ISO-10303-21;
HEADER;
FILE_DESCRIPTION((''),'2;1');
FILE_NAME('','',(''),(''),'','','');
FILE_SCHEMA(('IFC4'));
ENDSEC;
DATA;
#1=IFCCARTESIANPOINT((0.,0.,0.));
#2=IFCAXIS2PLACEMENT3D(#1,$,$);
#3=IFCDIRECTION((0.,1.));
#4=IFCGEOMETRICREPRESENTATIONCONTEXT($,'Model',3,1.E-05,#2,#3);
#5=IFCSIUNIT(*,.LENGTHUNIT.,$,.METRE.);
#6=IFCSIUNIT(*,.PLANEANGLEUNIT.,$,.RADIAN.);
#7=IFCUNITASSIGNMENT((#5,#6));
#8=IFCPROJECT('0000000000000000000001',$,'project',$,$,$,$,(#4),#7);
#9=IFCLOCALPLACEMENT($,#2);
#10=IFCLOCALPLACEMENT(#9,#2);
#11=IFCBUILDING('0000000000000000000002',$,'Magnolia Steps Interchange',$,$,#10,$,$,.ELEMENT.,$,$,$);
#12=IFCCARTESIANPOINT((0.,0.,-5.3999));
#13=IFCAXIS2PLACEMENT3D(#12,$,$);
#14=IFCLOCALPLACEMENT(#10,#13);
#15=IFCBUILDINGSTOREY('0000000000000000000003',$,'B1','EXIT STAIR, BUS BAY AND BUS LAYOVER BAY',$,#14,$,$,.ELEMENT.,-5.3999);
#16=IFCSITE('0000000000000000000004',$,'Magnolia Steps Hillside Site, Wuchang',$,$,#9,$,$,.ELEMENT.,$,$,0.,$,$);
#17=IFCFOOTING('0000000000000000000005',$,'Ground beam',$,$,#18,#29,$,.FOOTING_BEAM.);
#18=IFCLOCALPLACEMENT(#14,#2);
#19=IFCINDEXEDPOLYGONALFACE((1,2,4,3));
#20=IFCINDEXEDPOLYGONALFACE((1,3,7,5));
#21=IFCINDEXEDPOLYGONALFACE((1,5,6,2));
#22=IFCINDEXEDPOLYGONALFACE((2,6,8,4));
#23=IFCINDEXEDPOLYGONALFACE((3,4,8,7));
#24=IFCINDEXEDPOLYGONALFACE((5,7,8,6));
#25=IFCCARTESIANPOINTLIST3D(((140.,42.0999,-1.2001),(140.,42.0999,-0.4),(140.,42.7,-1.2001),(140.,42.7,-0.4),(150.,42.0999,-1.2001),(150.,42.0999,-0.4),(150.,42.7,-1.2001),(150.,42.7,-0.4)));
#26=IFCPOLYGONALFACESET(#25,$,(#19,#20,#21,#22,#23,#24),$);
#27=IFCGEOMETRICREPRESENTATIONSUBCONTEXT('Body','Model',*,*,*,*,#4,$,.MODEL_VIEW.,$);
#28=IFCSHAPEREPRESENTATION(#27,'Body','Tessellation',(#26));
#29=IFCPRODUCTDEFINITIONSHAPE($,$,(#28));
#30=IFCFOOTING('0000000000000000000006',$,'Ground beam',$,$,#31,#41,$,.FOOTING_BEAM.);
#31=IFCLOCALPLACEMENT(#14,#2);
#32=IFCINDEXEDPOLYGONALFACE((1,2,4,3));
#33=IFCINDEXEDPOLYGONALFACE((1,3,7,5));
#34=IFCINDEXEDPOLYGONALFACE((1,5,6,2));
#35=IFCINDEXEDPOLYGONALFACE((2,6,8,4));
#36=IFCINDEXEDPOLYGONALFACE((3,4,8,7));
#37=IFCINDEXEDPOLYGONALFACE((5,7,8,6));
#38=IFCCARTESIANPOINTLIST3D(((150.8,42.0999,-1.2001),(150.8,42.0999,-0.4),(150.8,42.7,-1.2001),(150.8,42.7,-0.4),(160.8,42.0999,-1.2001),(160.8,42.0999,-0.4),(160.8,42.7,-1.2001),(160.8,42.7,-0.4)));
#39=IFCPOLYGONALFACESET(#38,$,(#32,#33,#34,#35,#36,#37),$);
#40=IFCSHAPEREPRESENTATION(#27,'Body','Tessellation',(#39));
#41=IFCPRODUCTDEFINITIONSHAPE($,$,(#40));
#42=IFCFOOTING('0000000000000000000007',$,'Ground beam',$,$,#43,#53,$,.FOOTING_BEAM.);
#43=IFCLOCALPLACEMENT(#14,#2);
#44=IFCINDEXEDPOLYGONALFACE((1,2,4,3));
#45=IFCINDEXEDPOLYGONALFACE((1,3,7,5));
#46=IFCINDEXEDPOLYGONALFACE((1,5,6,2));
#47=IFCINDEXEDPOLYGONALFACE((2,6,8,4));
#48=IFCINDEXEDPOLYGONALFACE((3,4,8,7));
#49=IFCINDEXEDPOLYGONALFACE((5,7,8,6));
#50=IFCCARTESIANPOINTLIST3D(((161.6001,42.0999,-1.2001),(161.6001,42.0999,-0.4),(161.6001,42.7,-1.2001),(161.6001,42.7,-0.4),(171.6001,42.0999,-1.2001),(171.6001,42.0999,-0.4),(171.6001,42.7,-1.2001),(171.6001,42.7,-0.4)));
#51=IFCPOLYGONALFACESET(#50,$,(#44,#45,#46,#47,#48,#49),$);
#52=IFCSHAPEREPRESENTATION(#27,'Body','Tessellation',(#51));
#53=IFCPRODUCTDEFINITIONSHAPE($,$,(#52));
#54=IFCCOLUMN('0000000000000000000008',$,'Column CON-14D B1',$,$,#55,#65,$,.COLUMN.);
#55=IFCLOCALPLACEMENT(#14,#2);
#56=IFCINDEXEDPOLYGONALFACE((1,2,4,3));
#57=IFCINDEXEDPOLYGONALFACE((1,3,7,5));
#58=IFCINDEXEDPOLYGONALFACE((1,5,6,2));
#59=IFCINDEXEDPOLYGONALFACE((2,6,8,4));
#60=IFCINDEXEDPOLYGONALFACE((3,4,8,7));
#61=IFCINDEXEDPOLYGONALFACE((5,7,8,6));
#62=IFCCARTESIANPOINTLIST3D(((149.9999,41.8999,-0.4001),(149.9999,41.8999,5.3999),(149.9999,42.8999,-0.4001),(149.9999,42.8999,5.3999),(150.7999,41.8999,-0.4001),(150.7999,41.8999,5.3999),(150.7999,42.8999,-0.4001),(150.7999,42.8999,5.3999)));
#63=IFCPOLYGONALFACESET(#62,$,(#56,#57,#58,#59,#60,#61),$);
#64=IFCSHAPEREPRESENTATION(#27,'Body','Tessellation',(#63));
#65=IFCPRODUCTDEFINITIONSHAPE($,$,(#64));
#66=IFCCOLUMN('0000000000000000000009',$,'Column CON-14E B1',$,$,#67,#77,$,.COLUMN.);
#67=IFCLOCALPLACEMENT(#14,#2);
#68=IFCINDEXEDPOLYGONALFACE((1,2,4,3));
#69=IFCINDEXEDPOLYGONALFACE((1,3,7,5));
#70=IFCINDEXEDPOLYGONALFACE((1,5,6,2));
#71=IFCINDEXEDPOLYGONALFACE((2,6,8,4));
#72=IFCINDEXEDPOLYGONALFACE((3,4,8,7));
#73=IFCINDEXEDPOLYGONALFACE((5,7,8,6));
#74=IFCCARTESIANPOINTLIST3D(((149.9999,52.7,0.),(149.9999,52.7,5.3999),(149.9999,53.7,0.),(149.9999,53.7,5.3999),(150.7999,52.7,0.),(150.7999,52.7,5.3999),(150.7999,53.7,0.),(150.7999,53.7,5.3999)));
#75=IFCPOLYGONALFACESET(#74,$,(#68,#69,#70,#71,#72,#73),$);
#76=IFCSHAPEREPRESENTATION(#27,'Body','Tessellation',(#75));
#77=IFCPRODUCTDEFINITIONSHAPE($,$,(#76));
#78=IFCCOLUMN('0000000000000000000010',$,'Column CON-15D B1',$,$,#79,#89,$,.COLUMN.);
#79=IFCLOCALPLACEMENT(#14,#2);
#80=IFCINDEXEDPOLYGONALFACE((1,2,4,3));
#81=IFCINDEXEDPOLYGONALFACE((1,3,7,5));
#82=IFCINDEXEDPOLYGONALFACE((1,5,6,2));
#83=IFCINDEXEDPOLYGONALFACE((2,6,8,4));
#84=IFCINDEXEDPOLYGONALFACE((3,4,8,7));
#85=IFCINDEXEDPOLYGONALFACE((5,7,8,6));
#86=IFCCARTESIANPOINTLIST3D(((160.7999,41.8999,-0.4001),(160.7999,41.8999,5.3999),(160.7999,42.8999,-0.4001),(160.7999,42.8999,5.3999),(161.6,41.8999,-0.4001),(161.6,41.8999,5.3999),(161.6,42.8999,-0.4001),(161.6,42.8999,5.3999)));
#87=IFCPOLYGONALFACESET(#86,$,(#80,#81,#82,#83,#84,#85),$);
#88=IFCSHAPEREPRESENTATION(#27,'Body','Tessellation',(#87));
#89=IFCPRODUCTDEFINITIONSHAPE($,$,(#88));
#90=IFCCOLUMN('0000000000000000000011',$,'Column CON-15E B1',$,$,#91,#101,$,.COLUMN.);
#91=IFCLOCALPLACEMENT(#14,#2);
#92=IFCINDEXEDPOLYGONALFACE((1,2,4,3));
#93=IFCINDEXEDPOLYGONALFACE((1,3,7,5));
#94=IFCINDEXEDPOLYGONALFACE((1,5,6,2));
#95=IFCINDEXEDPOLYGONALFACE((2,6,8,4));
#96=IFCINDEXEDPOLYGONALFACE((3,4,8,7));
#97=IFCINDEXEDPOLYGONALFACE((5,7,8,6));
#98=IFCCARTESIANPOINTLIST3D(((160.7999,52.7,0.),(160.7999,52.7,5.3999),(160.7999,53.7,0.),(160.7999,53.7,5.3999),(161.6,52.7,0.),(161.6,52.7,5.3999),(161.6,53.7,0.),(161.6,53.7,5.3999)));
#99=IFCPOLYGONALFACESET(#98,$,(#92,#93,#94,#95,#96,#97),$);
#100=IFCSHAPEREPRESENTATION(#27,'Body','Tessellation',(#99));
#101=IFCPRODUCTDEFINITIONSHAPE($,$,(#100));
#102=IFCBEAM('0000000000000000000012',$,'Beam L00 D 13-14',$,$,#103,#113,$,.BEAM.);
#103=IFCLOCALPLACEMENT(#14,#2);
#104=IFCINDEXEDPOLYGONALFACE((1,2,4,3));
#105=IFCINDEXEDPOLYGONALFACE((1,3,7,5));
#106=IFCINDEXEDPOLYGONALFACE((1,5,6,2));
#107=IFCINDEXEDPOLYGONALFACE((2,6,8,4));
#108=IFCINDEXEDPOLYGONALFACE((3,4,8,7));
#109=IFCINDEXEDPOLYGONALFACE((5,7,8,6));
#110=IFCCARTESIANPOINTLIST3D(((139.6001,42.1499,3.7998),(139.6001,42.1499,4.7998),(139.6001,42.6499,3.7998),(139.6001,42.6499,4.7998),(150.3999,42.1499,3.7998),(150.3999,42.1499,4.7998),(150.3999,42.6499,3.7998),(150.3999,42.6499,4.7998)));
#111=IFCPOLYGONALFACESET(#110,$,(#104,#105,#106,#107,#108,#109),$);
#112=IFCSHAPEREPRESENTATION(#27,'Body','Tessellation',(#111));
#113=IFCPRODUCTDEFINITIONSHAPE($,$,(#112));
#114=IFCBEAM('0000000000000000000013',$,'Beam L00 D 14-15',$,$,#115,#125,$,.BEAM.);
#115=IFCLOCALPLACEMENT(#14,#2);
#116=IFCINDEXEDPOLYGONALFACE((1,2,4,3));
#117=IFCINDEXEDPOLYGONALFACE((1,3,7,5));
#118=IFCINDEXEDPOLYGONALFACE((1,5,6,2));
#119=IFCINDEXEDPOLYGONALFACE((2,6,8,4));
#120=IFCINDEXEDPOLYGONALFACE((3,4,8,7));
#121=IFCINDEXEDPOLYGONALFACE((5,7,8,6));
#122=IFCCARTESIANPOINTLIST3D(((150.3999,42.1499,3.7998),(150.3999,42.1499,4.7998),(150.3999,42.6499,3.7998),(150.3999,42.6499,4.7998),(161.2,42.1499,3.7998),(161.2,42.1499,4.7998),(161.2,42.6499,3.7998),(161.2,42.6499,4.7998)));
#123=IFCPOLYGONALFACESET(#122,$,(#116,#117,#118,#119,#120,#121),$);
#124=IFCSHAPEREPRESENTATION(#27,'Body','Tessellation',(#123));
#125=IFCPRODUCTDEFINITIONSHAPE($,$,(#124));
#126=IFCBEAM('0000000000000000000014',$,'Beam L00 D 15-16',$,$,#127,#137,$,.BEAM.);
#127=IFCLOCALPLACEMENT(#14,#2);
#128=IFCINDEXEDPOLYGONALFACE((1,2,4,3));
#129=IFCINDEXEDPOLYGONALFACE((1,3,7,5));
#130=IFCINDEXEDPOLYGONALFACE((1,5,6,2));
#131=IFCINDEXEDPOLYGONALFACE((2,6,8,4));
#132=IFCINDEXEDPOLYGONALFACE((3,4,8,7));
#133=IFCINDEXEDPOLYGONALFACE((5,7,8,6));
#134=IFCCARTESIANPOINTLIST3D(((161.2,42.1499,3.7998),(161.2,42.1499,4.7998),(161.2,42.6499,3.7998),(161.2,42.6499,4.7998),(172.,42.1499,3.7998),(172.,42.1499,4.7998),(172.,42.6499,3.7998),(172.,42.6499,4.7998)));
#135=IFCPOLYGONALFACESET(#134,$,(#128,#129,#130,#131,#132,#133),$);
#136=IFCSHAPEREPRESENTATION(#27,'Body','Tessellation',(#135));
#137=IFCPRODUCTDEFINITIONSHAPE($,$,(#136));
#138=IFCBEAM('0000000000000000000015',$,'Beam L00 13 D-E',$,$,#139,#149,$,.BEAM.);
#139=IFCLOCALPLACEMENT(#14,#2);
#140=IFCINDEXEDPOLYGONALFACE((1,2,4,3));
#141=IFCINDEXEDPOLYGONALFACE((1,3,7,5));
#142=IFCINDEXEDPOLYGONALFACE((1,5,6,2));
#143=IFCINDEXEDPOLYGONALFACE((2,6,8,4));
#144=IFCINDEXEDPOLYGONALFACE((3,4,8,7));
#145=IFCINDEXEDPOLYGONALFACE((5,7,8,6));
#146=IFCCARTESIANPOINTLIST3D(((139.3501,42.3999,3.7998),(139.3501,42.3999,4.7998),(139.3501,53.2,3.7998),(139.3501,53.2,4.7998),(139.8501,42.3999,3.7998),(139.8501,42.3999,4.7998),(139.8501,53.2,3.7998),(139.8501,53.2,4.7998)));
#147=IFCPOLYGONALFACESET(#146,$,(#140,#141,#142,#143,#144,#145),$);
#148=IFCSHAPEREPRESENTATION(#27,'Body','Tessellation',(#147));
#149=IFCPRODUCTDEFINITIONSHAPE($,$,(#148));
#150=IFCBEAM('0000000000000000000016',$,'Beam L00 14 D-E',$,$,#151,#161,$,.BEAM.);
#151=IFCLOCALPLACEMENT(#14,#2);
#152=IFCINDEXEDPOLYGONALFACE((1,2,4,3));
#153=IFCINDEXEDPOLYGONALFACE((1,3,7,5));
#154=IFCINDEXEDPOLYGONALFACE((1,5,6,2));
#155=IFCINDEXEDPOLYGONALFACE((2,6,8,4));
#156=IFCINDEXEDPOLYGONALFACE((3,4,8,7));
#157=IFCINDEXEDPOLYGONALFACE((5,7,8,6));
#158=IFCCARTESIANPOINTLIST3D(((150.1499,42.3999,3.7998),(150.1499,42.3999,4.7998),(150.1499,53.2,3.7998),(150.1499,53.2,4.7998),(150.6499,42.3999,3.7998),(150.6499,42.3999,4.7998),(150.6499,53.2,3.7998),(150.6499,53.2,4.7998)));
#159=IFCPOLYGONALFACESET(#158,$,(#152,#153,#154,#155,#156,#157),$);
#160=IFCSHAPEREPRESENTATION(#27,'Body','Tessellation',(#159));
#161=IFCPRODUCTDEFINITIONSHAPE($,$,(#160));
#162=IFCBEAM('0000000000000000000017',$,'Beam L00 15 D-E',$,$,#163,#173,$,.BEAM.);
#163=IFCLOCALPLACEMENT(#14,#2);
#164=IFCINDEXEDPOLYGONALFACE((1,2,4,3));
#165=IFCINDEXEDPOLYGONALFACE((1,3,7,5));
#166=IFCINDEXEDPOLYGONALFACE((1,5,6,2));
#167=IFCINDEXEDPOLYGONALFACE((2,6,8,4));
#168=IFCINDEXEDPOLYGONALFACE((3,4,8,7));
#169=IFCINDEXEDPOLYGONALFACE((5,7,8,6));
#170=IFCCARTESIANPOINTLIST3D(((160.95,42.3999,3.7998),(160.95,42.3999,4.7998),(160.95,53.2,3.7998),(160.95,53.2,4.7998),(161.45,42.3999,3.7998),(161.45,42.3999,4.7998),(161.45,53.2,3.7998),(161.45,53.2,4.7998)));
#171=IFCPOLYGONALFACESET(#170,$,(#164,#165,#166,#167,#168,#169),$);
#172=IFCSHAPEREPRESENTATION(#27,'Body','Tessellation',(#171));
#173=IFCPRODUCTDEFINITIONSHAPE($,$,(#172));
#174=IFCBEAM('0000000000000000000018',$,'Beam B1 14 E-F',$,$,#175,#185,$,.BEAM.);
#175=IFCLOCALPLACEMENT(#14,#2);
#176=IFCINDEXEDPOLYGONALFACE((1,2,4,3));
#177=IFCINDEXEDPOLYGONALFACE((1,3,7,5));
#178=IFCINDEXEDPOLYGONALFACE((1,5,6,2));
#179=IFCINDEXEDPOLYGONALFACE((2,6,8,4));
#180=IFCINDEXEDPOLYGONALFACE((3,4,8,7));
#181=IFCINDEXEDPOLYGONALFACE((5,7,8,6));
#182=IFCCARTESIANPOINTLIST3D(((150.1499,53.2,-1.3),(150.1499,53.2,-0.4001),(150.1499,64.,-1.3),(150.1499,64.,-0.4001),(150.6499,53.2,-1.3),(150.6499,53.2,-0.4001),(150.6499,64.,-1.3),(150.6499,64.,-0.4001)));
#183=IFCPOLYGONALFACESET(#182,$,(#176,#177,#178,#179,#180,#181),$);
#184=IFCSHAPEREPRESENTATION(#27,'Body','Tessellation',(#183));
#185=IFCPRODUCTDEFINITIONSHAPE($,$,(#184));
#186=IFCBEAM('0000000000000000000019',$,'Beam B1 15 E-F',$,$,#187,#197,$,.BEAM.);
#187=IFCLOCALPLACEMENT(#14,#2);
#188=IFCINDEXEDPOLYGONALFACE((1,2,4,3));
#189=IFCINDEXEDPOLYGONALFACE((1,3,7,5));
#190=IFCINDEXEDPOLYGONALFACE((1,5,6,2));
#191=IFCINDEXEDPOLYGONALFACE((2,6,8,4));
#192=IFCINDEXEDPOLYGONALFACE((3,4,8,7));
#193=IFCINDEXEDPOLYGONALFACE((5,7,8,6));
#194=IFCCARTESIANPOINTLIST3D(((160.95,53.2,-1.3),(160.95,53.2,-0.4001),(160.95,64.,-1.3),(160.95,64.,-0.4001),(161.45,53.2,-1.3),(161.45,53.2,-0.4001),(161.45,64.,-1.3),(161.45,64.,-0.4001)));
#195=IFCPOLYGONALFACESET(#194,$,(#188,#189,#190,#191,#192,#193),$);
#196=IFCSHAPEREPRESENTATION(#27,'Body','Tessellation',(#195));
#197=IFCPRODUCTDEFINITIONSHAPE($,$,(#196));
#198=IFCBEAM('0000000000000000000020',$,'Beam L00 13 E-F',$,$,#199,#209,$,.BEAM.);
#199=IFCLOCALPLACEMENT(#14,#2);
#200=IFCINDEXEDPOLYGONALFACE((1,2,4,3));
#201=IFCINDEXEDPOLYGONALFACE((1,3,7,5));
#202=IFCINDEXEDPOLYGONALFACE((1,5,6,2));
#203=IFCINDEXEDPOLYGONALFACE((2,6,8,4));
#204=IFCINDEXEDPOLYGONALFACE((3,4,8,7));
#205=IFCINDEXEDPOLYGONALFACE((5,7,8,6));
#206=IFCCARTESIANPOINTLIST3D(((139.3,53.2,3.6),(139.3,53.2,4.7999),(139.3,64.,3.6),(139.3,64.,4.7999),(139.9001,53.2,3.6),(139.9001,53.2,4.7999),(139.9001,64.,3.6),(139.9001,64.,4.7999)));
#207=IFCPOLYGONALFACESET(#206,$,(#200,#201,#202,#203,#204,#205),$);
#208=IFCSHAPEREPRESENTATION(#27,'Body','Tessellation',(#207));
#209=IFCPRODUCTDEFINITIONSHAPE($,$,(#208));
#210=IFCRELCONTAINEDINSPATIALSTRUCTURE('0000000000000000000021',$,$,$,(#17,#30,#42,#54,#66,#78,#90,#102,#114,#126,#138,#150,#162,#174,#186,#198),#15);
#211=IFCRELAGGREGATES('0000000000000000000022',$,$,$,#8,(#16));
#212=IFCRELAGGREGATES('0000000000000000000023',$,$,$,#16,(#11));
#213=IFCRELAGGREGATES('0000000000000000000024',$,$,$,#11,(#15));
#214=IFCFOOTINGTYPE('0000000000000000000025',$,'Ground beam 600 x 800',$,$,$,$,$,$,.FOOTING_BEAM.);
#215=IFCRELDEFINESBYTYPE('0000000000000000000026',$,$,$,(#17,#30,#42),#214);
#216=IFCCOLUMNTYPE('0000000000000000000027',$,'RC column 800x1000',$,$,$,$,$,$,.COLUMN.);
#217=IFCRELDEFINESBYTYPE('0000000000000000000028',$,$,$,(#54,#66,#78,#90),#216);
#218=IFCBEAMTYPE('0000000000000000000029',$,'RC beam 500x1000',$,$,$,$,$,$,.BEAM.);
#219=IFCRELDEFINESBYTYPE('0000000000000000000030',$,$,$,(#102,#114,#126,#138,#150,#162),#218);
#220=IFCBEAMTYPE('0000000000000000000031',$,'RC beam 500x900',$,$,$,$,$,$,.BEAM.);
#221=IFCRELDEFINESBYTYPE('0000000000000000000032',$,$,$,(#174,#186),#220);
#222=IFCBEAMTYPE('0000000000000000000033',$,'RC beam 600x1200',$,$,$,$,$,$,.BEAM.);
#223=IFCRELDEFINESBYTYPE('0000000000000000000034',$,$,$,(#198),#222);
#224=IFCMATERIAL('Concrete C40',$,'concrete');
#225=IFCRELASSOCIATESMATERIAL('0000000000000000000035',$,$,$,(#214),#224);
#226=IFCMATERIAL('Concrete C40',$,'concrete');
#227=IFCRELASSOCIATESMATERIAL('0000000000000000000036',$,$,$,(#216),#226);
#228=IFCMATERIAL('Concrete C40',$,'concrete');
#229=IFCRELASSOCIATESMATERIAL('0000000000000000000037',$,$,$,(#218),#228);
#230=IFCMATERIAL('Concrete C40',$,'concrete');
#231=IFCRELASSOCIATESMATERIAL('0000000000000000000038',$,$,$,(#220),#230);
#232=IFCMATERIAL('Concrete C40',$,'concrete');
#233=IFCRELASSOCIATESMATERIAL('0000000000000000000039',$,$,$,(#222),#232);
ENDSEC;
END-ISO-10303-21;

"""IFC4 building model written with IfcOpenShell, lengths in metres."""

from ifc_helpers import new_model, si_unit, direction, frame, origin, origin_2d, place, context, subcontext, project, spatial, rectangle, extrude, material, material_profile, profile_set, type_object, element, save


model = new_model("IFC4")

# Units and contexts
model_context = context("Model", 3, precision=1e-05, world=origin(), true_north=direction((0.0, 1.0)))
body_context = subcontext(model_context, "Body", "Model", "MODEL_VIEW")
ifc_project = project(units=[si_unit("LENGTHUNIT", "METRE"), si_unit("PLANEANGLEUNIT", "RADIAN")], contexts=[model_context])

# Site, building, storey
site_placement = place(None, origin())
site = spatial("IfcSite", under=ifc_project, at=site_placement, Name="Magnolia Steps Hillside Site, Wuchang", CompositionType="ELEMENT", RefElevation=0.0)
building_placement = place(site_placement, origin())
building = spatial("IfcBuilding", under=site, at=building_placement, Name="Magnolia Steps Interchange", CompositionType="ELEMENT")
storey_placement = place(building_placement, frame((0.0, 0.0, -5.3999)))
storey = spatial("IfcBuildingStorey", under=building, at=storey_placement, Name="B1", Description="EXIT STAIR, BUS BAY AND BUS LAYOVER BAY", CompositionType="ELEMENT", Elevation=-5.3999)

# Footings
ifc_material_1 = material(Name="Concrete C40", Category="concrete")
ifc_material_profile_1 = material_profile(ifc_material_1, rectangle(XDim=0.6001, YDim=0.8, at=origin_2d()), Name="RC600x800")
ifc_profile_set_1 = profile_set([ifc_material_profile_1], Name="Concrete C40")
footing_type = type_object("IfcFootingType", Name="Ground beam 600 x 800", PredefinedType="FOOTING_BEAM", material=ifc_profile_set_1)
for number, where, z_axis, x_axis, name in (
    (1, (140.0, 42.3999, -0.8), (1.0, 0.0, 0.0), (0.0, 1.0, 0.0), "Ground beam"),
    (2, (150.8, 42.3999, -0.8), (1.0, 0.0, 0.0), (0.0, 1.0, 0.0), "Ground beam"),
    (3, (161.6001, 42.3999, -0.8), (1.0, 0.0, 0.0), (0.0, 1.0, 0.0), "Ground beam"),
):
    element("IfcFooting", number, at=place(storey_placement, frame(where, z_axis=z_axis, x_axis=x_axis)), inside=storey, type_object=footing_type, Name=name, PredefinedType="FOOTING_BEAM", context=body_context, shape_type="SweptSolid", body=[
        extrude(rectangle(XDim=0.6001, YDim=0.8, at=origin_2d()), origin(), (0.0, 0.0, 1.0), 10.0),
    ])

# Columns
ifc_material_2 = material(Name="Concrete C40", Category="concrete")
ifc_material_profile_2 = material_profile(ifc_material_2, rectangle(XDim=0.8, YDim=1.0, at=origin_2d()), Name="RC800x1000")
ifc_profile_set_2 = profile_set([ifc_material_profile_2], Name="Concrete C40")
column_type = type_object("IfcColumnType", Name="RC column 800x1000", PredefinedType="COLUMN", material=ifc_profile_set_2)
column_1_placement = place(storey_placement, frame((150.3999, 42.3999, -0.4001), z_axis=(0.0, 0.0, 1.0), x_axis=(1.0, 0.0, 0.0)))
element("IfcColumn", 4, at=column_1_placement, inside=storey, type_object=column_type, Name="Column CON-14D B1", PredefinedType="COLUMN", context=body_context, shape_type="SweptSolid", body=[
    extrude(rectangle(XDim=0.8, YDim=1.0, at=origin_2d()), origin(), (0.0, 0.0, 1.0), 5.8),
])
column_2_placement = place(storey_placement, frame((150.3999, 53.2, 0.0), z_axis=(0.0, 0.0, 1.0), x_axis=(1.0, 0.0, 0.0)))
element("IfcColumn", 5, at=column_2_placement, inside=storey, type_object=column_type, Name="Column CON-14E B1", PredefinedType="COLUMN", context=body_context, shape_type="SweptSolid", body=[
    extrude(rectangle(XDim=0.8, YDim=1.0, at=origin_2d()), origin(), (0.0, 0.0, 1.0), 5.3999),
])
column_3_placement = place(storey_placement, frame((161.2, 42.3999, -0.4001), z_axis=(0.0, 0.0, 1.0), x_axis=(1.0, 0.0, 0.0)))
element("IfcColumn", 6, at=column_3_placement, inside=storey, type_object=column_type, Name="Column CON-15D B1", PredefinedType="COLUMN", context=body_context, shape_type="SweptSolid", body=[
    extrude(rectangle(XDim=0.8, YDim=1.0, at=origin_2d()), origin(), (0.0, 0.0, 1.0), 5.8),
])
column_4_placement = place(storey_placement, frame((161.2, 53.2, 0.0), z_axis=(0.0, 0.0, 1.0), x_axis=(1.0, 0.0, 0.0)))
element("IfcColumn", 7, at=column_4_placement, inside=storey, type_object=column_type, Name="Column CON-15E B1", PredefinedType="COLUMN", context=body_context, shape_type="SweptSolid", body=[
    extrude(rectangle(XDim=0.8, YDim=1.0, at=origin_2d()), origin(), (0.0, 0.0, 1.0), 5.3999),
])

# Beams
ifc_material_3 = material(Name="Concrete C40", Category="concrete")
ifc_material_profile_3 = material_profile(ifc_material_3, rectangle(XDim=0.5, YDim=1.0, at=origin_2d()), Name="RC500x1000")
ifc_profile_set_3 = profile_set([ifc_material_profile_3], Name="Concrete C40")
beam_type_1 = type_object("IfcBeamType", Name="RC beam 500x1000", PredefinedType="BEAM", material=ifc_profile_set_3)
beam_placement = place(storey_placement, frame((139.6001, 42.3999, 4.2998), z_axis=(1.0, 0.0, 0.0), x_axis=(0.0, 1.0, 0.0)))
element("IfcBeam", 8, at=beam_placement, inside=storey, type_object=beam_type_1, Name="Beam L00 D 13-14", PredefinedType="BEAM", context=body_context, shape_type="SweptSolid", body=[
    extrude(rectangle(XDim=0.5, YDim=1.0, at=origin_2d()), origin(), (0.0, 0.0, 1.0), 10.7998),
])
for number, where, z_axis, x_axis, name in (
    (9, (150.3999, 42.3999, 4.2998), (1.0, 0.0, 0.0), (0.0, 1.0, 0.0), "Beam L00 D 14-15"),
    (10, (161.2, 42.3999, 4.2998), (1.0, 0.0, 0.0), (0.0, 1.0, 0.0), "Beam L00 D 15-16"),
    (11, (139.6001, 42.3999, 4.2998), (0.0, 1.0, 0.0), (-1.0, 0.0, 0.0), "Beam L00 13 D-E"),
    (12, (150.3999, 42.3999, 4.2998), (0.0, 1.0, 0.0), (-1.0, 0.0, 0.0), "Beam L00 14 D-E"),
    (13, (161.2, 42.3999, 4.2998), (0.0, 1.0, 0.0), (-1.0, 0.0, 0.0), "Beam L00 15 D-E"),
):
    element("IfcBeam", number, at=place(storey_placement, frame(where, z_axis=z_axis, x_axis=x_axis)), inside=storey, type_object=beam_type_1, Name=name, PredefinedType="BEAM", context=body_context, shape_type="SweptSolid", body=[
        extrude(rectangle(XDim=0.5, YDim=1.0, at=origin_2d()), origin(), (0.0, 0.0, 1.0), 10.8),
    ])
ifc_material_4 = material(Name="Concrete C40", Category="concrete")
ifc_material_profile_4 = material_profile(ifc_material_4, rectangle(XDim=0.5, YDim=0.8999, at=origin_2d()), Name="RC500x900")
ifc_profile_set_4 = profile_set([ifc_material_profile_4], Name="Concrete C40")
beam_type_2 = type_object("IfcBeamType", Name="RC beam 500x900", PredefinedType="BEAM", material=ifc_profile_set_4)
for number, where, z_axis, x_axis, name in (
    (14, (150.3999, 53.2, -0.8501), (0.0, 1.0, 0.0), (-1.0, 0.0, 0.0), "Beam B1 14 E-F"),
    (15, (161.2, 53.2, -0.8501), (0.0, 1.0, 0.0), (-1.0, 0.0, 0.0), "Beam B1 15 E-F"),
):
    element("IfcBeam", number, at=place(storey_placement, frame(where, z_axis=z_axis, x_axis=x_axis)), inside=storey, type_object=beam_type_2, Name=name, PredefinedType="BEAM", context=body_context, shape_type="SweptSolid", body=[
        extrude(rectangle(XDim=0.5, YDim=0.8999, at=origin_2d()), origin(), (0.0, 0.0, 1.0), 10.8),
    ])
ifc_material_5 = material(Name="Concrete C40", Category="concrete")
ifc_material_profile_5 = material_profile(ifc_material_5, rectangle(XDim=0.6001, YDim=1.2, at=origin_2d()), Name="RC600x1200")
ifc_profile_set_5 = profile_set([ifc_material_profile_5], Name="Concrete C40")
beam_type_3 = type_object("IfcBeamType", Name="RC beam 600x1200", PredefinedType="BEAM", material=ifc_profile_set_5)
for number, where, z_axis, x_axis, name in (
    (16, (139.6001, 53.2, 4.2), (0.0, 1.0, 0.0), (-1.0, 0.0, 0.0), "Beam L00 13 E-F"),
):
    element("IfcBeam", number, at=place(storey_placement, frame(where, z_axis=z_axis, x_axis=x_axis)), inside=storey, type_object=beam_type_3, Name=name, PredefinedType="BEAM", context=body_context, shape_type="SweptSolid", body=[
        extrude(rectangle(XDim=0.6001, YDim=1.2, at=origin_2d()), origin(), (0.0, 0.0, 1.0), 10.8),
    ])

save(model, "model.ifc")
